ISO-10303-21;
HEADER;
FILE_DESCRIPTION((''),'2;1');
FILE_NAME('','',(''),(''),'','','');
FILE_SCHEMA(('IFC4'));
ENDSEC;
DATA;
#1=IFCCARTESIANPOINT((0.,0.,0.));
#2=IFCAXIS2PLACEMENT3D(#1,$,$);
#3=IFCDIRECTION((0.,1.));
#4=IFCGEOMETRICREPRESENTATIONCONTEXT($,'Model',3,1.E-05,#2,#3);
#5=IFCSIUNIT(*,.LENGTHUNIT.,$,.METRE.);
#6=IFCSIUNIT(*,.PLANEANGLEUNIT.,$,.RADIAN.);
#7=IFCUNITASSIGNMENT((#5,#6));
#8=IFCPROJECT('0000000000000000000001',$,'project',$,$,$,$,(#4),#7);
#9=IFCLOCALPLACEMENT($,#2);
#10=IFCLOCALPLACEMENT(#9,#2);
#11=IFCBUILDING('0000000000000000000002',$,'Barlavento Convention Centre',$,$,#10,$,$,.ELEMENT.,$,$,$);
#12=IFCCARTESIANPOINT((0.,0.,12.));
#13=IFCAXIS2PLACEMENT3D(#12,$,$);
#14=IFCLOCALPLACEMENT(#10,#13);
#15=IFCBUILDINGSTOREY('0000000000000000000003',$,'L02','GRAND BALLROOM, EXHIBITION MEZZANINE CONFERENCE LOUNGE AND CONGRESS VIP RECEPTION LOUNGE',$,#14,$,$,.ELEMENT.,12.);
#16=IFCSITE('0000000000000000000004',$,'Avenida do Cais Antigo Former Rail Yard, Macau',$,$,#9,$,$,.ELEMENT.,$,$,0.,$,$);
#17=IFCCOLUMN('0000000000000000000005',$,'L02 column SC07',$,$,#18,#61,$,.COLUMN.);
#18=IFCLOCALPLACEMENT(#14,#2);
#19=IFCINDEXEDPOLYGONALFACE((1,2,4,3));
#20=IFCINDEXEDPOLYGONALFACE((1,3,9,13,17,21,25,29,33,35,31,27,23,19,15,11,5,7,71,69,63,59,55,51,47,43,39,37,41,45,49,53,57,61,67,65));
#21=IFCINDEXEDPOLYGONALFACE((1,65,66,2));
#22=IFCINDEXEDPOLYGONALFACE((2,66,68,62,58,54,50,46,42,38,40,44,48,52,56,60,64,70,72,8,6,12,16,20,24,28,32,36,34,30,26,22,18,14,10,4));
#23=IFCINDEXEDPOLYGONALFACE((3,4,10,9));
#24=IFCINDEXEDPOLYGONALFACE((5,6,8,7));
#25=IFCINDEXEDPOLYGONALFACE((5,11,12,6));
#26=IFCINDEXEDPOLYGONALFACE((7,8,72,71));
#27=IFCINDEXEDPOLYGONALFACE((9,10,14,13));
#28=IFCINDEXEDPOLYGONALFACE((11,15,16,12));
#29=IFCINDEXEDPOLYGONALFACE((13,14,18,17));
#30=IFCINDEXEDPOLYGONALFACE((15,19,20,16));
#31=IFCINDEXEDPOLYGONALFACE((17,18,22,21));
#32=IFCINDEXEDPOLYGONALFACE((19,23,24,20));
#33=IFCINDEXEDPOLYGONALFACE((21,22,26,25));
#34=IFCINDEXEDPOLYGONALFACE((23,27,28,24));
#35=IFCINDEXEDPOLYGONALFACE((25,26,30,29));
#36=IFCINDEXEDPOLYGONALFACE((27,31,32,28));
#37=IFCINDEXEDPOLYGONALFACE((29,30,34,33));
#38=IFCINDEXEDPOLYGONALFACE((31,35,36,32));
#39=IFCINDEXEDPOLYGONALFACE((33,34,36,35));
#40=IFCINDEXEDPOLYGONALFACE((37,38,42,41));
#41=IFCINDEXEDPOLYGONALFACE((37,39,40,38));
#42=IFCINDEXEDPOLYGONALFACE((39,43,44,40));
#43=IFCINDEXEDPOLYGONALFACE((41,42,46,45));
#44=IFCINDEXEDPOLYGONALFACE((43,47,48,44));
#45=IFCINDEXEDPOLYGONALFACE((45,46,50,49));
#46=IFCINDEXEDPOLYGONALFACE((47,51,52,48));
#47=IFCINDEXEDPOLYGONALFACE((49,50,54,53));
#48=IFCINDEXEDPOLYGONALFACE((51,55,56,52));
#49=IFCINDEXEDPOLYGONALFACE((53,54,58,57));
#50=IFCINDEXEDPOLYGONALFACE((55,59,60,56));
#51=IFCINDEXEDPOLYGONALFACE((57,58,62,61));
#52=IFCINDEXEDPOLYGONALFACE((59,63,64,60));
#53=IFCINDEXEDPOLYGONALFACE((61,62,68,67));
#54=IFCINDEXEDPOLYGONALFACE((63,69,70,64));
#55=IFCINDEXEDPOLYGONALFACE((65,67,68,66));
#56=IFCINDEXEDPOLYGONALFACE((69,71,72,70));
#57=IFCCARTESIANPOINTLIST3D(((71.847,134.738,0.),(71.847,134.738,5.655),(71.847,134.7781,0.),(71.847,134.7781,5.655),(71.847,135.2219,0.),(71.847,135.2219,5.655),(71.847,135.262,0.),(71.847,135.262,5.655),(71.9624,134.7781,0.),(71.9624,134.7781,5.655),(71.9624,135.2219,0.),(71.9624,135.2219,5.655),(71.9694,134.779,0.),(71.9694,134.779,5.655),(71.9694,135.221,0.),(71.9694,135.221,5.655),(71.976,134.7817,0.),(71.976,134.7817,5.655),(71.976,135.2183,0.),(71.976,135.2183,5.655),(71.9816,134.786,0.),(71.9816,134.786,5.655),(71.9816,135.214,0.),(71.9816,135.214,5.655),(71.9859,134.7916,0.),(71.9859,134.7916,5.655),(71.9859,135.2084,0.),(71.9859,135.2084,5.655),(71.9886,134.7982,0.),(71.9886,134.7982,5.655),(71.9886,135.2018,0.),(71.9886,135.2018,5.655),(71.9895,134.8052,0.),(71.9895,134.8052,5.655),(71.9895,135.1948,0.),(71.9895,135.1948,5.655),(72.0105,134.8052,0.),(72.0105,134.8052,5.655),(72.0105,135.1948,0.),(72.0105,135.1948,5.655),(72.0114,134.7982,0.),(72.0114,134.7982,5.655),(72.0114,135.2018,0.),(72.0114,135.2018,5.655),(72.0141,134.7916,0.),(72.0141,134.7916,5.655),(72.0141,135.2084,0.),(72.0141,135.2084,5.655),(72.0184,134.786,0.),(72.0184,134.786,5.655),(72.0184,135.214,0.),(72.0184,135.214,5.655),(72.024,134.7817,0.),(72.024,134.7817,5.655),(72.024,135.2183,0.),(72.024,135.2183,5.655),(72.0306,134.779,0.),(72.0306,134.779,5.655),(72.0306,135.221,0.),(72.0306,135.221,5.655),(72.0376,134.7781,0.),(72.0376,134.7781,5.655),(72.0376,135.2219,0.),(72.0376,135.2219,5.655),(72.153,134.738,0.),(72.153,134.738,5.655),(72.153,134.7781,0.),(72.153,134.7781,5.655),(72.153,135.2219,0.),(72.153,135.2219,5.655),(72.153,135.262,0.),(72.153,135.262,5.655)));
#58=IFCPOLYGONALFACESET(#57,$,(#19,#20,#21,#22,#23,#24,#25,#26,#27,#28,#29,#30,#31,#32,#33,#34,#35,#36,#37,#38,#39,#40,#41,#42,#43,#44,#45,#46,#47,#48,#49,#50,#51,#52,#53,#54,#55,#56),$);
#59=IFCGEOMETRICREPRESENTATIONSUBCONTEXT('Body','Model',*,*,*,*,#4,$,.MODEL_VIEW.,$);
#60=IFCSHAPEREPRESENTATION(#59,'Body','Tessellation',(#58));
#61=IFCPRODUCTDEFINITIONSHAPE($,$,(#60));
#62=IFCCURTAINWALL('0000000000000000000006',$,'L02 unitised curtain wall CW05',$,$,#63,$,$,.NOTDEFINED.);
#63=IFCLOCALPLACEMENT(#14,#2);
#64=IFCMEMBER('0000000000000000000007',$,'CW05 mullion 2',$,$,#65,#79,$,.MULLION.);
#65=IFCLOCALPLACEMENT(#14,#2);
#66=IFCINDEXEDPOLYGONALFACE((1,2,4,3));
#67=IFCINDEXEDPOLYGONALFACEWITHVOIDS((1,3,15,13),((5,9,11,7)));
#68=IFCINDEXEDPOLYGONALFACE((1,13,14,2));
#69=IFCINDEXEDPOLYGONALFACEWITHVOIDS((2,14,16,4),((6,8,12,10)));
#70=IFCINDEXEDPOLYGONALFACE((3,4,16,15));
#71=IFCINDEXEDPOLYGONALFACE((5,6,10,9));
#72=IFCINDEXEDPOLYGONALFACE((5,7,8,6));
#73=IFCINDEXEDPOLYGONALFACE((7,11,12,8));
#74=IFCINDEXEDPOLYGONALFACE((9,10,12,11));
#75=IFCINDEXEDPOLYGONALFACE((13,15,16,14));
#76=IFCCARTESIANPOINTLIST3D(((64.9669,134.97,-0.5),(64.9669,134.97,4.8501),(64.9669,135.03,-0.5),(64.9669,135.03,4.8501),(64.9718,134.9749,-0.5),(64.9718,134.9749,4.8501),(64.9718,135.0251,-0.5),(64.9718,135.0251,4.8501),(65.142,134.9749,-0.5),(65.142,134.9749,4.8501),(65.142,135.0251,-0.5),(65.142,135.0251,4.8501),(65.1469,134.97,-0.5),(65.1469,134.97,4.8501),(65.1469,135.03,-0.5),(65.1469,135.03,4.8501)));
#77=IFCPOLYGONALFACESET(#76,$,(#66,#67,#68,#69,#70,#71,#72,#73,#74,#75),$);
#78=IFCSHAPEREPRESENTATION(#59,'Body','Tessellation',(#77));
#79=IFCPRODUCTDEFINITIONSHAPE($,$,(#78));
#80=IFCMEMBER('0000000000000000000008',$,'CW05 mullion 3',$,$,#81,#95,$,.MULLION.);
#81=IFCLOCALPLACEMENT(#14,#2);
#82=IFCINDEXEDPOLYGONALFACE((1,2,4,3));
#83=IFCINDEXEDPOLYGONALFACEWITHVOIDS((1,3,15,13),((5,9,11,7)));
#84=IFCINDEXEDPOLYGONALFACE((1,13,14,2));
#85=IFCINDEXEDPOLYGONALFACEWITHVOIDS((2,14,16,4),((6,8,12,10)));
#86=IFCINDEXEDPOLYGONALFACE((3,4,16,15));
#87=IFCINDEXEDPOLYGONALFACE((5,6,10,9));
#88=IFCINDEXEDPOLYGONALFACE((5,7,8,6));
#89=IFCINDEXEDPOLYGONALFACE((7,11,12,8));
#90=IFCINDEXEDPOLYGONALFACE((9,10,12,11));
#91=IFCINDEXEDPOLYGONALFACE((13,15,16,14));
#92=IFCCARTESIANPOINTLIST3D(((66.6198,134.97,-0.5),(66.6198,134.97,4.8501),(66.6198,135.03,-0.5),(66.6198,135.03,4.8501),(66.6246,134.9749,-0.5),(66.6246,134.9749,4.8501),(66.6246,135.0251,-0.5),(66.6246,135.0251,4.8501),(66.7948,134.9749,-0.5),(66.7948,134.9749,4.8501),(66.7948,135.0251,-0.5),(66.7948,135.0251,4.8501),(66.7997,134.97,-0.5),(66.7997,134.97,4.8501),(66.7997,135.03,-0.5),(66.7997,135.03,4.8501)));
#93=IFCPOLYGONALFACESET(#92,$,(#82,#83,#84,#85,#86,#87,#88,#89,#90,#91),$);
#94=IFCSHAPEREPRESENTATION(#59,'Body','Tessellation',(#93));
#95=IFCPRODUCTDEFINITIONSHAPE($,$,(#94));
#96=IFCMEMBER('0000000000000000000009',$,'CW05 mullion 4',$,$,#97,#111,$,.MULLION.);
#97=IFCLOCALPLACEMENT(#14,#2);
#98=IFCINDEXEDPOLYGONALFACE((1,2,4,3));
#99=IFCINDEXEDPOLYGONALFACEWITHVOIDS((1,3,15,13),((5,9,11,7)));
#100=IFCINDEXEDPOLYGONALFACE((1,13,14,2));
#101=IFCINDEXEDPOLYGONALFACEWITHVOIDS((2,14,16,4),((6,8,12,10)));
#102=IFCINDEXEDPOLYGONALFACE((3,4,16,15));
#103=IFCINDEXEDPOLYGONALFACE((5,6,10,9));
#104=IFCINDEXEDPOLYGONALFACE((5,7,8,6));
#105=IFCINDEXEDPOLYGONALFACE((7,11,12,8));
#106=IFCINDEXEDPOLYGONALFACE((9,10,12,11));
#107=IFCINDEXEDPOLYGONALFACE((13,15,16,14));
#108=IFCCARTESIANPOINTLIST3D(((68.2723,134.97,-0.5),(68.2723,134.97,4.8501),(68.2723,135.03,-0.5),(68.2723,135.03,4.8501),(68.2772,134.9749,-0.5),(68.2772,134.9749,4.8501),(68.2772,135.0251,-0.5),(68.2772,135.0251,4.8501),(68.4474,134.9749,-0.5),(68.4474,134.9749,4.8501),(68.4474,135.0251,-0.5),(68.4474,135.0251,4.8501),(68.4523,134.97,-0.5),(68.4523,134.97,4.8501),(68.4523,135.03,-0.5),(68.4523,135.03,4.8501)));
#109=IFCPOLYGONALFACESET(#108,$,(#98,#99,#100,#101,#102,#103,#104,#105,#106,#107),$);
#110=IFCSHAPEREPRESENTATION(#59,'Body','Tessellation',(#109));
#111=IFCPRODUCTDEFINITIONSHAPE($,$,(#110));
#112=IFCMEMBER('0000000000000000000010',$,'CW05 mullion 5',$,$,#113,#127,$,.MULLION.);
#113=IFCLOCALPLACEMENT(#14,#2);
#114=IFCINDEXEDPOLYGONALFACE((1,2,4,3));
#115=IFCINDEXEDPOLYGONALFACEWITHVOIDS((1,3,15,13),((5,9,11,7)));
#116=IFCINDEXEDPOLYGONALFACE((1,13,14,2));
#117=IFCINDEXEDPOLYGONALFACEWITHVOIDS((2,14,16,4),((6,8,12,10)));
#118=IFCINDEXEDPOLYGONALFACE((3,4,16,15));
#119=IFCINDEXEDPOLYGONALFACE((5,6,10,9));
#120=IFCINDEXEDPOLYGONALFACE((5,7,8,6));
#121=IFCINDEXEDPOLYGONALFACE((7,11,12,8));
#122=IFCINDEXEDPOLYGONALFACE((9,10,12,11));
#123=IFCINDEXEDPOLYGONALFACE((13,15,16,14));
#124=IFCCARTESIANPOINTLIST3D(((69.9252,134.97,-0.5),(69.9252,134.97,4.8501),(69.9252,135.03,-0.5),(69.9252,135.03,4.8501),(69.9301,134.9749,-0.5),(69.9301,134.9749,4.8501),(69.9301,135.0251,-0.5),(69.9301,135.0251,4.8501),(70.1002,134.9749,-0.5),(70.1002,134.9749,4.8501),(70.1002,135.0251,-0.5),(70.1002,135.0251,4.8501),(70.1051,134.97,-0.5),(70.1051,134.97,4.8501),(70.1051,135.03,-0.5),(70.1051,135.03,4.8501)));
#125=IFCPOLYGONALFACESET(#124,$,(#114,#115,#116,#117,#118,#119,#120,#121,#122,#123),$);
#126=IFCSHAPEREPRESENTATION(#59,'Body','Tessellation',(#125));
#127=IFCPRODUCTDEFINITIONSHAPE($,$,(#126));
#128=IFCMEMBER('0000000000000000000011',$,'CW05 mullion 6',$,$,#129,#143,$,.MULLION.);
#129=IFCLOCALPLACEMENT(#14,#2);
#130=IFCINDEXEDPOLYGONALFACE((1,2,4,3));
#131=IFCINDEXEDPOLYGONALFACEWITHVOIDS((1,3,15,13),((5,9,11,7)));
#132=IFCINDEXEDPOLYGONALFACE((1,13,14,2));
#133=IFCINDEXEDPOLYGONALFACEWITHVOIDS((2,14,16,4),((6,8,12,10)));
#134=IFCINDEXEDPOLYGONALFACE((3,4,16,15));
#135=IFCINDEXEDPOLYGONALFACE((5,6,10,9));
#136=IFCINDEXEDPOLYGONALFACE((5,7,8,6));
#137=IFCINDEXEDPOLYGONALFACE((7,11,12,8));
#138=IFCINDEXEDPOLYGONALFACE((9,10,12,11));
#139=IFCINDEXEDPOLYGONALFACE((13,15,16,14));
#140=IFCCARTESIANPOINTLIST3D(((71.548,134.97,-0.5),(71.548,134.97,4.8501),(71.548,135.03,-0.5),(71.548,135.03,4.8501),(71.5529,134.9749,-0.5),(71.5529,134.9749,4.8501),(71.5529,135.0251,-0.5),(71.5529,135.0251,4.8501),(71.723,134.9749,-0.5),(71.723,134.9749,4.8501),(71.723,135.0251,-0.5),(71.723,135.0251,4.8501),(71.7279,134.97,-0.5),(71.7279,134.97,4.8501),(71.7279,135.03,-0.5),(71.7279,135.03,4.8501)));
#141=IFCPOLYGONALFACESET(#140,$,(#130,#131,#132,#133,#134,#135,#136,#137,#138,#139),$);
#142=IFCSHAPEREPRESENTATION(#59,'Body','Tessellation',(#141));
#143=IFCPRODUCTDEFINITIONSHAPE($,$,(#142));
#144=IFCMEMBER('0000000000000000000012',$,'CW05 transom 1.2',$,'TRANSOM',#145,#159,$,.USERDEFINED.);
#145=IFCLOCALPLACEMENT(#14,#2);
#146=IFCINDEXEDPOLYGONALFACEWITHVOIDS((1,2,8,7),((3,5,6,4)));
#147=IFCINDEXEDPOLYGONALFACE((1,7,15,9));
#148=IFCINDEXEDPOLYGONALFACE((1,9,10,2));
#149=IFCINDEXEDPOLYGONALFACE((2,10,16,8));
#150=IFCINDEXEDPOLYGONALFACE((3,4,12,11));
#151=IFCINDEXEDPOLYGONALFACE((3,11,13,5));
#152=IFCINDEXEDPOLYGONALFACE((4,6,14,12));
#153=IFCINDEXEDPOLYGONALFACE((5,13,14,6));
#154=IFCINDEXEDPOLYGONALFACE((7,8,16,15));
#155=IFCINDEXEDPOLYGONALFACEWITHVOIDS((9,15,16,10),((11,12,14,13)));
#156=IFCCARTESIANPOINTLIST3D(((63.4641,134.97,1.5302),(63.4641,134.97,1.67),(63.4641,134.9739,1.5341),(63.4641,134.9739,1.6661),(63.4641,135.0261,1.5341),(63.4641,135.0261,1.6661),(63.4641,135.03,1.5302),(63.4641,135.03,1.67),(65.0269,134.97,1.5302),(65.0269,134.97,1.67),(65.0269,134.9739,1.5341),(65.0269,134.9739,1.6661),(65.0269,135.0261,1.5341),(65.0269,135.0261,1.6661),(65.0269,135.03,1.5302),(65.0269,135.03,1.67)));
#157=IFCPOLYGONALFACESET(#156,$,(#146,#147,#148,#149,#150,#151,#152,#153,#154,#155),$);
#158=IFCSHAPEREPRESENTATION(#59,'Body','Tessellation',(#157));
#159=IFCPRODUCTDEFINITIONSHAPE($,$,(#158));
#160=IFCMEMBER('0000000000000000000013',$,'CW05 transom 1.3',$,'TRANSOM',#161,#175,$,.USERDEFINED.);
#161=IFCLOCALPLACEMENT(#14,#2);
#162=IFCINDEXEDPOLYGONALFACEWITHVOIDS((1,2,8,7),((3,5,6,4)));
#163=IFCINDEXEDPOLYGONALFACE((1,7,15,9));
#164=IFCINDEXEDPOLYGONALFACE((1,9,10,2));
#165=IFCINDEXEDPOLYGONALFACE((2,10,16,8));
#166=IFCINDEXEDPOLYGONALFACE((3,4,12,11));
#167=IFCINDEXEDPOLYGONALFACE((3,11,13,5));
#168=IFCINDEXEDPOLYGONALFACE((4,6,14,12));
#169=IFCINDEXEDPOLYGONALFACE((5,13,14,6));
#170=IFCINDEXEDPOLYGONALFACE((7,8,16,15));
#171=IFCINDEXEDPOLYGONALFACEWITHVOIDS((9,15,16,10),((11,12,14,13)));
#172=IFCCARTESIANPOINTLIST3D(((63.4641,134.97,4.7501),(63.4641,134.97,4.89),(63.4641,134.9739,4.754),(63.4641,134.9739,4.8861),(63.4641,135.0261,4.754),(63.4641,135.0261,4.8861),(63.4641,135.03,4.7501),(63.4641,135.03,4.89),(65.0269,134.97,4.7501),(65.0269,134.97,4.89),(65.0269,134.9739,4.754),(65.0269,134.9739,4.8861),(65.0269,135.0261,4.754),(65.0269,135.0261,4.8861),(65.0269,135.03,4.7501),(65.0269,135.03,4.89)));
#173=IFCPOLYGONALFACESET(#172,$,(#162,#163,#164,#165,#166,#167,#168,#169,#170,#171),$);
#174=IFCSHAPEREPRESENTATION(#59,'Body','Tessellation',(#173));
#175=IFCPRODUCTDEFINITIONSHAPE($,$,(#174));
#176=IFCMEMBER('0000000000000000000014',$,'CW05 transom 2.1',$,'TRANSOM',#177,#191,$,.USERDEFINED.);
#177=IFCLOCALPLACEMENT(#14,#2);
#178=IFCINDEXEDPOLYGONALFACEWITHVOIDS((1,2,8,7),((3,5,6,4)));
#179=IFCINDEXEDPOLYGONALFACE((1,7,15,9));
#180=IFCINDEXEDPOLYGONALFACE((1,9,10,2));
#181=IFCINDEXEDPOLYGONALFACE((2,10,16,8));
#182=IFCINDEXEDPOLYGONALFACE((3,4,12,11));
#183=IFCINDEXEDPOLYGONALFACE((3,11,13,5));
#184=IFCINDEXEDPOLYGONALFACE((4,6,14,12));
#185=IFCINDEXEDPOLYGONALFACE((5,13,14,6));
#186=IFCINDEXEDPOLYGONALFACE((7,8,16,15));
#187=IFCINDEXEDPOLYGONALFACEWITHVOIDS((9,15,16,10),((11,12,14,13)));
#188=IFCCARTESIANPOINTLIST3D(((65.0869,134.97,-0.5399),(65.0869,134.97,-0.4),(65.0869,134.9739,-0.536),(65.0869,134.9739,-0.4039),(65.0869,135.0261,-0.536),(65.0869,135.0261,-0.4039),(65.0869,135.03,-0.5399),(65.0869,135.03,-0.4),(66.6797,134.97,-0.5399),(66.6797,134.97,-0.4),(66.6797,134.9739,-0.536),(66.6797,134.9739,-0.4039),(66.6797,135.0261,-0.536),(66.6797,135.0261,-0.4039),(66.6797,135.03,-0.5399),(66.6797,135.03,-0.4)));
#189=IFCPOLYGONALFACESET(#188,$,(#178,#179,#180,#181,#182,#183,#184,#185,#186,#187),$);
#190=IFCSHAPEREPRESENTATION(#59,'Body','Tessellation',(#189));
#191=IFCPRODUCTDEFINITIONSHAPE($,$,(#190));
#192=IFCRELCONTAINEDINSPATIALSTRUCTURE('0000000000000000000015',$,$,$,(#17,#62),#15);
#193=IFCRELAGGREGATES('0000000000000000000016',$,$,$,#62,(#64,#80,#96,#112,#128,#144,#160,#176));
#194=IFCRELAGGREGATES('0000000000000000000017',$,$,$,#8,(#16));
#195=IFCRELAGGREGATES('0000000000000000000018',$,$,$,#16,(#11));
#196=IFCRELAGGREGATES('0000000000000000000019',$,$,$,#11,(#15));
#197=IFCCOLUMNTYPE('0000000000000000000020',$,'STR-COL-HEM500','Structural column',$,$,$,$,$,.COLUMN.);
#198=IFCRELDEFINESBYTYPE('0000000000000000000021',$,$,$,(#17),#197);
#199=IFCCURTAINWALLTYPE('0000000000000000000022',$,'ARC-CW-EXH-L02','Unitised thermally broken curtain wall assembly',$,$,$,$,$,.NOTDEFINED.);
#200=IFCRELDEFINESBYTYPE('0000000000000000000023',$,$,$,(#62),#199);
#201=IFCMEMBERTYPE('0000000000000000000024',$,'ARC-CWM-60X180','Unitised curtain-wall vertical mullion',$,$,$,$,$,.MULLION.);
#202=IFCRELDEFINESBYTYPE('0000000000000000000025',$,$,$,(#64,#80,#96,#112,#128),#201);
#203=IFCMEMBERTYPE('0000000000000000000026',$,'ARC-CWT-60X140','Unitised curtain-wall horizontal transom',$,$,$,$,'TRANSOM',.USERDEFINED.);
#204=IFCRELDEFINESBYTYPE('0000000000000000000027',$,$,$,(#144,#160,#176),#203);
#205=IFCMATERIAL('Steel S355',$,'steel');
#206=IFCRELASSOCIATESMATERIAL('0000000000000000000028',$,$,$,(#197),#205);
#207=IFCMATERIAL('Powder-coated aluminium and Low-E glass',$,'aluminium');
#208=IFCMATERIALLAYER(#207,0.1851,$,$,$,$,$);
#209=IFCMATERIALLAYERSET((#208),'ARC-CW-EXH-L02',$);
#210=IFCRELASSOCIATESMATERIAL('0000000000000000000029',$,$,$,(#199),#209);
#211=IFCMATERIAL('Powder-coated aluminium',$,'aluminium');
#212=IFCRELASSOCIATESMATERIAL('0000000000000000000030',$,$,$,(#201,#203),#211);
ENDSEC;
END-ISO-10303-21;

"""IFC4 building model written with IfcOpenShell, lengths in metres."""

from ifc_helpers import new_model, si_unit, direction, frame, origin, origin_2d, place, context, subcontext, project, spatial, hollow_rectangle, i_section, extrude, material, layer, layer_set, material_profile, profile_set, type_object, element, aggregate, save


model = new_model("IFC4")

# Units and contexts
model_context = context("Model", 3, precision=1e-05, world=origin(), true_north=direction((0.0, 1.0)))
body_context = subcontext(model_context, "Body", "Model", "MODEL_VIEW")
ifc_project = project(units=[si_unit("LENGTHUNIT", "METRE"), si_unit("PLANEANGLEUNIT", "RADIAN")], contexts=[model_context])

# Site, building, storey
site_placement = place(None, origin())
site = spatial("IfcSite", under=ifc_project, at=site_placement, Name="Avenida do Cais Antigo Former Rail Yard, Macau", CompositionType="ELEMENT", RefElevation=0.0)
building_placement = place(site_placement, origin())
building = spatial("IfcBuilding", under=site, at=building_placement, Name="Barlavento Convention Centre", CompositionType="ELEMENT")
storey_placement = place(building_placement, frame((0.0, 0.0, 12.0)))
storey = spatial("IfcBuildingStorey", under=building, at=storey_placement, Name="L02", Description="GRAND BALLROOM, EXHIBITION MEZZANINE CONFERENCE LOUNGE AND CONGRESS VIP RECEPTION LOUNGE", CompositionType="ELEMENT", Elevation=12.0)

# Column
ifc_material_1 = material(Name="Steel S355", Category="steel")
ifc_material_profile_1 = material_profile(ifc_material_1, i_section(OverallWidth=0.3059, OverallDepth=0.5239, WebThickness=0.021, FlangeThickness=0.04, FilletRadius=0.0271, at=origin_2d()), Name="HEM 500")
ifc_profile_set_1 = profile_set([ifc_material_profile_1], Name="Steel S355")
column_type = type_object("IfcColumnType", Name="STR-COL-HEM500", Description="Structural column", PredefinedType="COLUMN", material=ifc_profile_set_1)
column_placement = place(storey_placement, frame((72.0, 135.0, 0.0), z_axis=(0.0, 0.0, 1.0), x_axis=(1.0, 0.0, 0.0)))
element("IfcColumn", 1, at=column_placement, inside=storey, type_object=column_type, Name="L02 column SC07", PredefinedType="COLUMN", context=body_context, shape_type="SweptSolid", body=[
    extrude(i_section(OverallWidth=0.3059, OverallDepth=0.5239, WebThickness=0.021, FlangeThickness=0.04, FilletRadius=0.0271, at=origin_2d()), origin(), (0.0, 0.0, 1.0), 5.655),
])

# Curtain wall, members
ifc_material_2 = material(Name="Powder-coated aluminium and Low-E glass", Category="aluminium")
ifc_layer_1 = layer(ifc_material_2, 0.1851)
ifc_layer_set_1 = layer_set([ifc_layer_1], Name="ARC-CW-EXH-L02")
curtain_wall_type = type_object("IfcCurtainWallType", Name="ARC-CW-EXH-L02", Description="Unitised thermally broken curtain wall assembly", PredefinedType="NOTDEFINED", material=ifc_layer_set_1)
curtain_wall_placement = place(storey_placement, origin())
curtain_wall = element("IfcCurtainWall", 2, at=curtain_wall_placement, inside=storey, type_object=curtain_wall_type, Name="L02 unitised curtain wall CW05", PredefinedType="NOTDEFINED")
ifc_material_3 = material(Name="Powder-coated aluminium", Category="aluminium")
ifc_material_profile_2 = material_profile(ifc_material_3, hollow_rectangle(XDim=0.0601, YDim=0.1799, WallThickness=0.0049, at=origin_2d()), Name="AL-MULL 60x180x5")
ifc_profile_set_2 = profile_set([ifc_material_profile_2], Name="Powder-coated aluminium")
member_type_1 = type_object("IfcMemberType", Name="ARC-CWM-60X180", Description="Unitised curtain-wall vertical mullion", PredefinedType="MULLION", material=ifc_profile_set_2)
member_1_placement = place(storey_placement, frame((65.0569, 135.0, -0.5), z_axis=(0.0, 0.0, 1.0), x_axis=(0.0, 1.0, 0.0)))
member_1 = element("IfcMember", 3, at=member_1_placement, type_object=member_type_1, Name="CW05 mullion 2", PredefinedType="MULLION", context=body_context, shape_type="SweptSolid", body=[
    extrude(hollow_rectangle(XDim=0.0601, YDim=0.1799, WallThickness=0.0049, at=origin_2d()), origin(), (0.0, 0.0, 1.0), 5.3501),
])
member_2_placement = place(storey_placement, frame((66.7097, 135.0, -0.5), z_axis=(0.0, 0.0, 1.0), x_axis=(0.0, 1.0, 0.0)))
member_2 = element("IfcMember", 4, at=member_2_placement, type_object=member_type_1, Name="CW05 mullion 3", PredefinedType="MULLION", context=body_context, shape_type="SweptSolid", body=[
    extrude(hollow_rectangle(XDim=0.0601, YDim=0.1799, WallThickness=0.0049, at=origin_2d()), origin(), (0.0, 0.0, 1.0), 5.3501),
])
member_3_placement = place(storey_placement, frame((68.3623, 135.0, -0.5), z_axis=(0.0, 0.0, 1.0), x_axis=(0.0, 1.0, 0.0)))
member_3 = element("IfcMember", 5, at=member_3_placement, type_object=member_type_1, Name="CW05 mullion 4", PredefinedType="MULLION", context=body_context, shape_type="SweptSolid", body=[
    extrude(hollow_rectangle(XDim=0.0601, YDim=0.1799, WallThickness=0.0049, at=origin_2d()), origin(), (0.0, 0.0, 1.0), 5.3501),
])
member_4_placement = place(storey_placement, frame((70.0151, 135.0, -0.5), z_axis=(0.0, 0.0, 1.0), x_axis=(0.0, 1.0, 0.0)))
member_4 = element("IfcMember", 6, at=member_4_placement, type_object=member_type_1, Name="CW05 mullion 5", PredefinedType="MULLION", context=body_context, shape_type="SweptSolid", body=[
    extrude(hollow_rectangle(XDim=0.0601, YDim=0.1799, WallThickness=0.0049, at=origin_2d()), origin(), (0.0, 0.0, 1.0), 5.3501),
])
member_5_placement = place(storey_placement, frame((71.6379, 135.0, -0.5), z_axis=(0.0, 0.0, 1.0), x_axis=(0.0, 1.0, 0.0)))
member_5 = element("IfcMember", 7, at=member_5_placement, type_object=member_type_1, Name="CW05 mullion 6", PredefinedType="MULLION", context=body_context, shape_type="SweptSolid", body=[
    extrude(hollow_rectangle(XDim=0.0601, YDim=0.1799, WallThickness=0.0049, at=origin_2d()), origin(), (0.0, 0.0, 1.0), 5.3501),
])
ifc_material_profile_3 = material_profile(ifc_material_3, hollow_rectangle(XDim=0.0601, YDim=0.1399, WallThickness=0.0039, at=origin_2d()), Name="AL-TRAN 60x140x4")
ifc_profile_set_3 = profile_set([ifc_material_profile_3], Name="Powder-coated aluminium")
member_type_2 = type_object("IfcMemberType", Name="ARC-CWT-60X140", Description="Unitised curtain-wall horizontal transom", ElementType="TRANSOM", PredefinedType="USERDEFINED", material=ifc_profile_set_3)
member_6_placement = place(storey_placement, frame((63.4641, 135.0, 1.6001), z_axis=(1.0, 0.0, 0.0), x_axis=(0.0, 1.0, 0.0)))
member_6 = element("IfcMember", 8, at=member_6_placement, type_object=member_type_2, Name="CW05 transom 1.2", ObjectType="TRANSOM", PredefinedType="USERDEFINED", context=body_context, shape_type="SweptSolid", body=[
    extrude(hollow_rectangle(XDim=0.0601, YDim=0.1399, WallThickness=0.0039, at=origin_2d()), origin(), (0.0, 0.0, 1.0), 1.5627),
])
member_7_placement = place(storey_placement, frame((63.4641, 135.0, 4.8201), z_axis=(1.0, 0.0, 0.0), x_axis=(0.0, 1.0, 0.0)))
member_7 = element("IfcMember", 9, at=member_7_placement, type_object=member_type_2, Name="CW05 transom 1.3", ObjectType="TRANSOM", PredefinedType="USERDEFINED", context=body_context, shape_type="SweptSolid", body=[
    extrude(hollow_rectangle(XDim=0.0601, YDim=0.1399, WallThickness=0.0039, at=origin_2d()), origin(), (0.0, 0.0, 1.0), 1.5627),
])
member_8_placement = place(storey_placement, frame((65.0869, 135.0, -0.47), z_axis=(1.0, 0.0, 0.0), x_axis=(0.0, 1.0, 0.0)))
member_8 = element("IfcMember", 10, at=member_8_placement, type_object=member_type_2, Name="CW05 transom 2.1", ObjectType="TRANSOM", PredefinedType="USERDEFINED", context=body_context, shape_type="SweptSolid", body=[
    extrude(hollow_rectangle(XDim=0.0601, YDim=0.1399, WallThickness=0.0039, at=origin_2d()), origin(), (0.0, 0.0, 1.0), 1.5928),
])

aggregate(curtain_wall, [member_1, member_2, member_3, member_4, member_5, member_6, member_7, member_8])

save(model, "model.ifc")
